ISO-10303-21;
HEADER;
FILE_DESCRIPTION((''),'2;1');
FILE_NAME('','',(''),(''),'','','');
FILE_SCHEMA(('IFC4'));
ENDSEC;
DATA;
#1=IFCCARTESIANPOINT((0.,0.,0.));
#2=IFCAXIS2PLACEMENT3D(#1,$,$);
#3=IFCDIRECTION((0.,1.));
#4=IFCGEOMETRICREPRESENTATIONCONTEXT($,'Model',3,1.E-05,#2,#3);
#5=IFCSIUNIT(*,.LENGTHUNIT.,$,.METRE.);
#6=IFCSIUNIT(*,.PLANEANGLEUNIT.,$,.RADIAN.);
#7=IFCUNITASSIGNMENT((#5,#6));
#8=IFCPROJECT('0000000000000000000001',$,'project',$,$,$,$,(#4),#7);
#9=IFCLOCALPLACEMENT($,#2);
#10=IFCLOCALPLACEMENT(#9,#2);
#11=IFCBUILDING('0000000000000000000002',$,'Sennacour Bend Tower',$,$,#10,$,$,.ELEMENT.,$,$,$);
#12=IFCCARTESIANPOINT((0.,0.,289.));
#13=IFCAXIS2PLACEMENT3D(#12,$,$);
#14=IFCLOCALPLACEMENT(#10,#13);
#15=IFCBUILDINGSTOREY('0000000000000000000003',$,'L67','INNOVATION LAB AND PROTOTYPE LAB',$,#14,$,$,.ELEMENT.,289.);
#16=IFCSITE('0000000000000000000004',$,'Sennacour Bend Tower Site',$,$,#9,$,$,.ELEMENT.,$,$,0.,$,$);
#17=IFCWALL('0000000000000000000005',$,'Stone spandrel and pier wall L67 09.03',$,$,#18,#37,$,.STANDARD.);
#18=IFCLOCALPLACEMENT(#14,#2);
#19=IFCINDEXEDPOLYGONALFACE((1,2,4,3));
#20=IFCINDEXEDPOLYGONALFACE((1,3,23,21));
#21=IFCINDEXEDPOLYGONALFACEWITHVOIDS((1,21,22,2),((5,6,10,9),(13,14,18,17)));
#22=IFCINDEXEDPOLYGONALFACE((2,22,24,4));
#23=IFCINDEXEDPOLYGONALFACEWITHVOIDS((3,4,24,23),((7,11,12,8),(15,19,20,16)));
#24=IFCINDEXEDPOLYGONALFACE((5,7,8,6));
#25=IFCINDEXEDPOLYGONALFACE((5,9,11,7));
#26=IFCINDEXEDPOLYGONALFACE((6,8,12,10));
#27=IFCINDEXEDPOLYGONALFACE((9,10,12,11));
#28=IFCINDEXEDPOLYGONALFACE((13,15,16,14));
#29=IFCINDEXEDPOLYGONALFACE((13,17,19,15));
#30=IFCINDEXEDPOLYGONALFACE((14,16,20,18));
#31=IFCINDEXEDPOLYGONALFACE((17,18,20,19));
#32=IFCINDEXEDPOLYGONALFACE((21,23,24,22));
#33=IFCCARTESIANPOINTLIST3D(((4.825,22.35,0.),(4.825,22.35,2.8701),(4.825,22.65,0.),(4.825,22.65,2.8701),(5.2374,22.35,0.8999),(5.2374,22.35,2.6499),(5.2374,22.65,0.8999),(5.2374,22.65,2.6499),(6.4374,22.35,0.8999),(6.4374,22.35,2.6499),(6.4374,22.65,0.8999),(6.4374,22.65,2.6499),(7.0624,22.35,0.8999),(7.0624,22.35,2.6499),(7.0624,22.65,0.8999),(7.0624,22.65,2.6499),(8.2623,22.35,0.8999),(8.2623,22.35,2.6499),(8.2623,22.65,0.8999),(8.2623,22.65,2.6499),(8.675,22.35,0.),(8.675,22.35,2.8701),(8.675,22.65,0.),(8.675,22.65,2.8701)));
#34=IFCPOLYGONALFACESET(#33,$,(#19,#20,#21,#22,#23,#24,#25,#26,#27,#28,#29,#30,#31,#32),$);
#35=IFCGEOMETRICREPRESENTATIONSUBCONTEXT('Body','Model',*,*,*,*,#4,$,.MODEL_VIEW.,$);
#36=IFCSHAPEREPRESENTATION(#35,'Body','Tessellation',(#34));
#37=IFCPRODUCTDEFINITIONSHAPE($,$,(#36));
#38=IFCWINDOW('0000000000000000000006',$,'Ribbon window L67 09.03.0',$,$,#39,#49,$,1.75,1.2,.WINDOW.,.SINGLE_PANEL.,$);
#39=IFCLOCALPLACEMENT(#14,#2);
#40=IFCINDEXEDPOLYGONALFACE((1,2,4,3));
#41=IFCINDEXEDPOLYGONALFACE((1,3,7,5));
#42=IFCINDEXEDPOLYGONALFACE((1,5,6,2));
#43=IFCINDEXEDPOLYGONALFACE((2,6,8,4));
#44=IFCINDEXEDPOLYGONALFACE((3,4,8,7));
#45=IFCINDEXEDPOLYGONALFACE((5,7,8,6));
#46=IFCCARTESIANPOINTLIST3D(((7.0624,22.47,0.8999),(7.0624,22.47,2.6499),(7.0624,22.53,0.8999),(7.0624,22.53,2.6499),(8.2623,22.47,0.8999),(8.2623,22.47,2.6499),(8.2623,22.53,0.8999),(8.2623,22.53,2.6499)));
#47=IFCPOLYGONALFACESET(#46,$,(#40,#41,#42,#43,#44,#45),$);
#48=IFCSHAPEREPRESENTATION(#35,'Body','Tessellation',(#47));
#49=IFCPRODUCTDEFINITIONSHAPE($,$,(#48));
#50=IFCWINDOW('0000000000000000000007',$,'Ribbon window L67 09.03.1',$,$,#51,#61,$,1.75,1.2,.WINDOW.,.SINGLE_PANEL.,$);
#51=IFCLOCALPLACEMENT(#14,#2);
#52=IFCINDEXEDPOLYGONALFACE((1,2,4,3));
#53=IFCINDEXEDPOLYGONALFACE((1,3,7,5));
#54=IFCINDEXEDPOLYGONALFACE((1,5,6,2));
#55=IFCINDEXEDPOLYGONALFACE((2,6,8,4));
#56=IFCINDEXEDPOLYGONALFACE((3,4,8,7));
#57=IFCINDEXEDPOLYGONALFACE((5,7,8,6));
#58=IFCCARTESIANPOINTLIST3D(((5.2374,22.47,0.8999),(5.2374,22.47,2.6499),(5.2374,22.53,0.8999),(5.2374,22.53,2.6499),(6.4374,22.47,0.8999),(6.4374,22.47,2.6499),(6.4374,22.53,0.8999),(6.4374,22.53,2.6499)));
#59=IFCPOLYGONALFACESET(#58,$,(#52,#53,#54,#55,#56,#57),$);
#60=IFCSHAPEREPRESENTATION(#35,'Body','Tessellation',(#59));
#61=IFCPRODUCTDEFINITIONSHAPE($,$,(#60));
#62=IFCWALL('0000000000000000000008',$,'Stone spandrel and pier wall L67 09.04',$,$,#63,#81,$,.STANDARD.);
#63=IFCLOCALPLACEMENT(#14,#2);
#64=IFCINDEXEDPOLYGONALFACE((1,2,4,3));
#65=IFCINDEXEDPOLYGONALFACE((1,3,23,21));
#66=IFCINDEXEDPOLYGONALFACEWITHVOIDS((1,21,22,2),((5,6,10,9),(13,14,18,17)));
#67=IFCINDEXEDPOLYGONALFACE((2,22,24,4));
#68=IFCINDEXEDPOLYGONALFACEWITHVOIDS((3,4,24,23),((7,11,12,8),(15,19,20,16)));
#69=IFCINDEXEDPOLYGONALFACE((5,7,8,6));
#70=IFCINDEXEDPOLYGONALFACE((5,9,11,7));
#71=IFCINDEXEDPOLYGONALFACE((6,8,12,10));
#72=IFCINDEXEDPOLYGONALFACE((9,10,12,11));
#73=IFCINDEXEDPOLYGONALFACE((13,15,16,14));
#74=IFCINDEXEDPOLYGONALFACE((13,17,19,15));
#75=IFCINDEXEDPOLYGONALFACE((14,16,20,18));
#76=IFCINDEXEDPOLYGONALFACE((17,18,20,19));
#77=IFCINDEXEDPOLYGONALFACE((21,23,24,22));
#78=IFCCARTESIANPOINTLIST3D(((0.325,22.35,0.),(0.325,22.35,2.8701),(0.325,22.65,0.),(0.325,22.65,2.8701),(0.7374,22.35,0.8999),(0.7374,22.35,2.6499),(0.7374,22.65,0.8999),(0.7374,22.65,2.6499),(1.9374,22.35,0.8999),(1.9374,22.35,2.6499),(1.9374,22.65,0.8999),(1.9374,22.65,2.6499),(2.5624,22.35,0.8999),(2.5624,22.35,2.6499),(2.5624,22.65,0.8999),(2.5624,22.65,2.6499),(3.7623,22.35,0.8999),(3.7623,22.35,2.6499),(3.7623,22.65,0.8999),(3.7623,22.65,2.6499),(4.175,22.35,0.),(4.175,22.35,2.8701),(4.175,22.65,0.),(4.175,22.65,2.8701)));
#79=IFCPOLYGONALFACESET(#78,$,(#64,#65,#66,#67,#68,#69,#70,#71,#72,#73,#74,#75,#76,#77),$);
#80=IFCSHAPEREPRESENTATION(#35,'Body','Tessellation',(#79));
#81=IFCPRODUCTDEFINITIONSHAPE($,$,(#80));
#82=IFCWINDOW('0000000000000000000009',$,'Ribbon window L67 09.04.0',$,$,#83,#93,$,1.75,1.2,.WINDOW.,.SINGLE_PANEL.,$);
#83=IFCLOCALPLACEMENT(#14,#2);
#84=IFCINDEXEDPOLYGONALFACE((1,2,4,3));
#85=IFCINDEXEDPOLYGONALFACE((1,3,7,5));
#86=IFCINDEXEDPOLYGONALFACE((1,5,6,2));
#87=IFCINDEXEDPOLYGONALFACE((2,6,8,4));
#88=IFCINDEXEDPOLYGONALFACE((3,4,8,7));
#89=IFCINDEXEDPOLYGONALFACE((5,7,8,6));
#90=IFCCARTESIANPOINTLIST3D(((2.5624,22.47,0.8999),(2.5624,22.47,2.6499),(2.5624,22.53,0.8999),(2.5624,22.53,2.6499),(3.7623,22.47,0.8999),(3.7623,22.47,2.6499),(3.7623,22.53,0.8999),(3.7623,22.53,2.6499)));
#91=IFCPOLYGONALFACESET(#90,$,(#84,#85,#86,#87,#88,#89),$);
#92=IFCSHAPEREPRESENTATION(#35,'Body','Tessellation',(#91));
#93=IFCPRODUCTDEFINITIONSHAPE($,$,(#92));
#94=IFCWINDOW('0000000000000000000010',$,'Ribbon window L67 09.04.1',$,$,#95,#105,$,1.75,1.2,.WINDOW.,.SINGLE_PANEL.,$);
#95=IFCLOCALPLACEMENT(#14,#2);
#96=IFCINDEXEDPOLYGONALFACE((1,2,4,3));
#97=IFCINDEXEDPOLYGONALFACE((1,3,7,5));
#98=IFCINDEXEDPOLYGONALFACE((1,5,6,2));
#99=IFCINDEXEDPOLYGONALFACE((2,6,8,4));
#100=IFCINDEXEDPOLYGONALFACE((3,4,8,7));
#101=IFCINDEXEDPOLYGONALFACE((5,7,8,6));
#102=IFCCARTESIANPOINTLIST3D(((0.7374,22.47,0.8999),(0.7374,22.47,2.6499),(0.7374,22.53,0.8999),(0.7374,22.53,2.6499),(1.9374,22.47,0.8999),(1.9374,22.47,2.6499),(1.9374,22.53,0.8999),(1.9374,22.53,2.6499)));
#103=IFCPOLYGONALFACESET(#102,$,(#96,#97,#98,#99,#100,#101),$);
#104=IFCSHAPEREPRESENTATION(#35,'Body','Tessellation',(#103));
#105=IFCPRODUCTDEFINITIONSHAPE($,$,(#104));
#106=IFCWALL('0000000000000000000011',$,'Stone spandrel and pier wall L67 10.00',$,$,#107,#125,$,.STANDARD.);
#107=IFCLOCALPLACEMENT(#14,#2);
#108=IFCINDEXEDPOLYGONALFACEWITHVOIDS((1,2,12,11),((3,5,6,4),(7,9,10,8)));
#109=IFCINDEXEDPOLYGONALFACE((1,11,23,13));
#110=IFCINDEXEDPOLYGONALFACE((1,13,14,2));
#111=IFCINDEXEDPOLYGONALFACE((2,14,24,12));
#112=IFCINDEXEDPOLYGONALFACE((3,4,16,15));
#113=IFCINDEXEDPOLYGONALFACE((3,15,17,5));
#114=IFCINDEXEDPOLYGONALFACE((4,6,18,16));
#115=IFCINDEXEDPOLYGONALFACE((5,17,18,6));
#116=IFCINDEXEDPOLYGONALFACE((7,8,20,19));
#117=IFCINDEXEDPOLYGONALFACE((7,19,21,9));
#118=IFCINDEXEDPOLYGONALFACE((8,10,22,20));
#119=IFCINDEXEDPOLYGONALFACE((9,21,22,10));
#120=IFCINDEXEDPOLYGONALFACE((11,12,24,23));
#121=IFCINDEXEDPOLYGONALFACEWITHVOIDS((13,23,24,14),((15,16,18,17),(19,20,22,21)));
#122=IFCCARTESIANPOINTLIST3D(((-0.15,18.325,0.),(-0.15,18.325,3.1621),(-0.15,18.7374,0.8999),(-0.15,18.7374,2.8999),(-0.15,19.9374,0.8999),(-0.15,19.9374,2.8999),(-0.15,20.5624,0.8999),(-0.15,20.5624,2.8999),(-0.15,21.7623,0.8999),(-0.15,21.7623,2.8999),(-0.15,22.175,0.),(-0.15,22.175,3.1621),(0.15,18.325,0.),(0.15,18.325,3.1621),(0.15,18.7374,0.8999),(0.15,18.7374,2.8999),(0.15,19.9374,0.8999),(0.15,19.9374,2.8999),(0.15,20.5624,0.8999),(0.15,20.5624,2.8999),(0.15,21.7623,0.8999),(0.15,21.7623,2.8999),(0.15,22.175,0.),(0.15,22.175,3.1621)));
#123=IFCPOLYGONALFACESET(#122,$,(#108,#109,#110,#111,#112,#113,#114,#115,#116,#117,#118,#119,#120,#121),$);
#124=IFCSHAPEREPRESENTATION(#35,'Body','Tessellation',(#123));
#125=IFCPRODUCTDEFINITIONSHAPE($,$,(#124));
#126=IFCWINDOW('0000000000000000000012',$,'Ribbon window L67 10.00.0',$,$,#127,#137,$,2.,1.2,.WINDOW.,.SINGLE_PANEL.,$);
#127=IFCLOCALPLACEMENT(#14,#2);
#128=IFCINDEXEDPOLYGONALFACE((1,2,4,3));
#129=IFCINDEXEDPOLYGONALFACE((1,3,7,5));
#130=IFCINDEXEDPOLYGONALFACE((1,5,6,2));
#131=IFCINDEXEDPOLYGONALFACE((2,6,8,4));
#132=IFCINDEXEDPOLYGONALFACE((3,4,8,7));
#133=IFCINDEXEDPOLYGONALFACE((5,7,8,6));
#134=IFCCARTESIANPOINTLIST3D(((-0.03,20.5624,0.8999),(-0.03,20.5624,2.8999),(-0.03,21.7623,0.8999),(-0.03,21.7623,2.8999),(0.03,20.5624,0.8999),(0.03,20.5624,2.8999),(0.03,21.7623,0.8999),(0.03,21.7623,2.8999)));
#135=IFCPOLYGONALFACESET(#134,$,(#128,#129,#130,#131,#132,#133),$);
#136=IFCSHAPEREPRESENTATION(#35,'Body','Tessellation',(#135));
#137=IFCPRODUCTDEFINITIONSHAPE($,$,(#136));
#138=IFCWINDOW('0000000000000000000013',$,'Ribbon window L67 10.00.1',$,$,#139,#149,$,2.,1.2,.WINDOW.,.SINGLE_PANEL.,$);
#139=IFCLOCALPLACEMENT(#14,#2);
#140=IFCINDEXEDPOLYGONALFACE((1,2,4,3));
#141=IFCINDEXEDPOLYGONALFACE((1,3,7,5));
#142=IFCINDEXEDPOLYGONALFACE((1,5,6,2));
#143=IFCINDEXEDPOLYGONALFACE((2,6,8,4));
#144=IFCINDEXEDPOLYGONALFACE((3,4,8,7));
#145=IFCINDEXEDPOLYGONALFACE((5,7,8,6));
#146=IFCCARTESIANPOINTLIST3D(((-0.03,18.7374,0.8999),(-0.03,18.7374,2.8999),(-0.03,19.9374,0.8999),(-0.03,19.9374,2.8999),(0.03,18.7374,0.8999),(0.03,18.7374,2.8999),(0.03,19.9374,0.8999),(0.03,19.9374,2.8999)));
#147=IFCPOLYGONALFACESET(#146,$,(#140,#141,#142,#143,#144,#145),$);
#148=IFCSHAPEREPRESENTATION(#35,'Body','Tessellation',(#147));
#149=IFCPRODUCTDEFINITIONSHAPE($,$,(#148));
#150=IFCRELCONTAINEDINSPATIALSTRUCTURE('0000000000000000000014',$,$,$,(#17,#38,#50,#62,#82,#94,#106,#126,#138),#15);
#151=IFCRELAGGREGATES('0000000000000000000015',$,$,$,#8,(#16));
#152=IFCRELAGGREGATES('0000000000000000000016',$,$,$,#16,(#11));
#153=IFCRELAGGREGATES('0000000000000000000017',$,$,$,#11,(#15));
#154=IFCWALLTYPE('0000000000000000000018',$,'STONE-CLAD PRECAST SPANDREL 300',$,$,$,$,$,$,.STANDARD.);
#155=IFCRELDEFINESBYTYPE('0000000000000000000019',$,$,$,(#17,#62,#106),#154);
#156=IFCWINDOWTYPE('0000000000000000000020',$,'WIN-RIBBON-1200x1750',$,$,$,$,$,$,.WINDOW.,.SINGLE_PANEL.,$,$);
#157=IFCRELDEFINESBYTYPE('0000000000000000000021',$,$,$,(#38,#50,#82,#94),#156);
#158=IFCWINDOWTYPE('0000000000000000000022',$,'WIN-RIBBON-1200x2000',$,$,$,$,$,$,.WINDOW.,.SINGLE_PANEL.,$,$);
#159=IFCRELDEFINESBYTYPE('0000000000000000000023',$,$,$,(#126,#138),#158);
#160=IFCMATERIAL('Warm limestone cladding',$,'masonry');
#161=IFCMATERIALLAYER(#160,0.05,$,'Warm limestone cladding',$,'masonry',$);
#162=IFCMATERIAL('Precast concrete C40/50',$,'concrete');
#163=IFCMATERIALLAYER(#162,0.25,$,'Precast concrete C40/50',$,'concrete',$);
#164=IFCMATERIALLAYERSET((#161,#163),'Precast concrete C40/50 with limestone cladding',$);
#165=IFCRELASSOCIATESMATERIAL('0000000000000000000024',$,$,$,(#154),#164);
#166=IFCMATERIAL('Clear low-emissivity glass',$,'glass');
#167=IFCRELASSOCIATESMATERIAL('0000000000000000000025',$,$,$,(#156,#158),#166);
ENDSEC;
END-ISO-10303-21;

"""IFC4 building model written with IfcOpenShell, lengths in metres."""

from ifc_helpers import new_model, si_unit, direction, frame, frame_2d, origin, place, context, subcontext, project, spatial, rectangle, extrude, material, layer, layer_set, type_object, element, fill, save


model = new_model("IFC4")

# Units and contexts
model_context = context("Model", 3, precision=1e-05, world=origin(), true_north=direction((0.0, 1.0)))
body_context = subcontext(model_context, "Body", "Model", "MODEL_VIEW")
ifc_project = project(units=[si_unit("LENGTHUNIT", "METRE"), si_unit("PLANEANGLEUNIT", "RADIAN")], contexts=[model_context])

# Site, building, storey
site_placement = place(None, origin())
site = spatial("IfcSite", under=ifc_project, at=site_placement, Name="Sennacour Bend Tower Site", CompositionType="ELEMENT", RefElevation=0.0)
building_placement = place(site_placement, origin())
building = spatial("IfcBuilding", under=site, at=building_placement, Name="Sennacour Bend Tower", CompositionType="ELEMENT")
storey_placement = place(building_placement, frame((0.0, 0.0, 289.0)))
storey = spatial("IfcBuildingStorey", under=building, at=storey_placement, Name="L67", Description="INNOVATION LAB AND PROTOTYPE LAB", CompositionType="ELEMENT", Elevation=289.0)

# Walls, openings, windows
ifc_material_1 = material(Name="Warm limestone cladding", Category="masonry")
ifc_layer_1 = layer(ifc_material_1, 0.05, Name="Warm limestone cladding", Category="masonry")
ifc_material_2 = material(Name="Precast concrete C40/50", Category="concrete")
ifc_layer_2 = layer(ifc_material_2, 0.25, Name="Precast concrete C40/50", Category="concrete")
ifc_layer_set_1 = layer_set([ifc_layer_1, ifc_layer_2], Name="Precast concrete C40/50 with limestone cladding")
wall_type_1 = type_object("IfcWallType", Name="STONE-CLAD PRECAST SPANDREL 300", PredefinedType="STANDARD", material=ifc_layer_set_1)
wall_1_placement = place(storey_placement, frame((8.675, 22.5, 0.0), z_axis=(0.0, 0.0, 1.0), x_axis=(-1.0, 0.0, 0.0)))
wall_1 = element("IfcWall", 1, at=wall_1_placement, inside=storey, type_object=wall_type_1, Name="Stone spandrel and pier wall L67 09.03", PredefinedType="STANDARD", context=body_context, shape_type="SweptSolid", body=[
    extrude(rectangle(XDim=3.8501, YDim=0.3, at=frame_2d((1.925, 0.0))), origin(), (0.0, 0.0, 1.0), 2.8701),
])
opening_1_placement = place(wall_1_placement, frame((0.4126, 0.0, 0.8999)))
opening_1 = element("IfcOpeningElement", 2, at=opening_1_placement, cuts=wall_1, PredefinedType="OPENING", context=body_context, shape_type="SweptSolid", body=[
    extrude(rectangle(XDim=1.2, YDim=1.75, at=frame_2d((0.6001, 0.875))), frame((0.0, 0.1602, 0.0), z_axis=(0.0, -1.0, 0.0), x_axis=(1.0, 0.0, 0.0)), (0.0, 0.0, 1.0), 0.3201),
])
opening_2_placement = place(wall_1_placement, frame((2.2375, 0.0, 0.8999)))
opening_2 = element("IfcOpeningElement", 3, at=opening_2_placement, cuts=wall_1, PredefinedType="OPENING", context=body_context, shape_type="SweptSolid", body=[
    extrude(rectangle(XDim=1.2, YDim=1.75, at=frame_2d((0.6001, 0.875))), frame((0.0, 0.1602, 0.0), z_axis=(0.0, -1.0, 0.0), x_axis=(1.0, 0.0, 0.0)), (0.0, 0.0, 1.0), 0.3201),
])
ifc_material_3 = material(Name="Clear low-emissivity glass", Category="glass")
window_type_1 = type_object("IfcWindowType", Name="WIN-RIBBON-1200x1750", PartitioningType="SINGLE_PANEL", PredefinedType="WINDOW", material=ifc_material_3)
window_1_placement = place(opening_1_placement, origin())
window_1 = element("IfcWindow", 4, at=window_1_placement, inside=storey, type_object=window_type_1, Name="Ribbon window L67 09.03.0", OverallHeight=1.75, OverallWidth=1.2, PartitioningType="SINGLE_PANEL", PredefinedType="WINDOW", context=body_context, shape_type="SweptSolid", body=[
    extrude(rectangle(XDim=1.2, YDim=1.75, at=frame_2d((0.6001, 0.875))), frame((0.0, 0.03, 0.0), z_axis=(0.0, -1.0, 0.0), x_axis=(1.0, 0.0, 0.0)), (0.0, 0.0, 1.0), 0.0601),
])
fill(opening_1, window_1)
window_2_placement = place(opening_2_placement, origin())
window_2 = element("IfcWindow", 5, at=window_2_placement, inside=storey, type_object=window_type_1, Name="Ribbon window L67 09.03.1", OverallHeight=1.75, OverallWidth=1.2, PartitioningType="SINGLE_PANEL", PredefinedType="WINDOW", context=body_context, shape_type="SweptSolid", body=[
    extrude(rectangle(XDim=1.2, YDim=1.75, at=frame_2d((0.6001, 0.875))), frame((0.0, 0.03, 0.0), z_axis=(0.0, -1.0, 0.0), x_axis=(1.0, 0.0, 0.0)), (0.0, 0.0, 1.0), 0.0601),
])
fill(opening_2, window_2)
wall_2_placement = place(storey_placement, frame((4.175, 22.5, 0.0), z_axis=(0.0, 0.0, 1.0), x_axis=(-1.0, 0.0, 0.0)))
wall_2 = element("IfcWall", 6, at=wall_2_placement, inside=storey, type_object=wall_type_1, Name="Stone spandrel and pier wall L67 09.04", PredefinedType="STANDARD", context=body_context, shape_type="SweptSolid", body=[
    extrude(rectangle(XDim=3.8501, YDim=0.3, at=frame_2d((1.925, 0.0))), origin(), (0.0, 0.0, 1.0), 2.8701),
])
opening_3_placement = place(wall_2_placement, frame((0.4126, 0.0, 0.8999)))
opening_3 = element("IfcOpeningElement", 7, at=opening_3_placement, cuts=wall_2, PredefinedType="OPENING", context=body_context, shape_type="SweptSolid", body=[
    extrude(rectangle(XDim=1.2, YDim=1.75, at=frame_2d((0.6001, 0.875))), frame((0.0, 0.1602, 0.0), z_axis=(0.0, -1.0, 0.0), x_axis=(1.0, 0.0, 0.0)), (0.0, 0.0, 1.0), 0.3201),
])
opening_4_placement = place(wall_2_placement, frame((2.2375, 0.0, 0.8999)))
opening_4 = element("IfcOpeningElement", 8, at=opening_4_placement, cuts=wall_2, PredefinedType="OPENING", context=body_context, shape_type="SweptSolid", body=[
    extrude(rectangle(XDim=1.2, YDim=1.75, at=frame_2d((0.6001, 0.875))), frame((0.0, 0.1602, 0.0), z_axis=(0.0, -1.0, 0.0), x_axis=(1.0, 0.0, 0.0)), (0.0, 0.0, 1.0), 0.3201),
])
window_3_placement = place(opening_3_placement, origin())
window_3 = element("IfcWindow", 9, at=window_3_placement, inside=storey, type_object=window_type_1, Name="Ribbon window L67 09.04.0", OverallHeight=1.75, OverallWidth=1.2, PartitioningType="SINGLE_PANEL", PredefinedType="WINDOW", context=body_context, shape_type="SweptSolid", body=[
    extrude(rectangle(XDim=1.2, YDim=1.75, at=frame_2d((0.6001, 0.875))), frame((0.0, 0.03, 0.0), z_axis=(0.0, -1.0, 0.0), x_axis=(1.0, 0.0, 0.0)), (0.0, 0.0, 1.0), 0.0601),
])
fill(opening_3, window_3)
window_4_placement = place(opening_4_placement, origin())
window_4 = element("IfcWindow", 10, at=window_4_placement, inside=storey, type_object=window_type_1, Name="Ribbon window L67 09.04.1", OverallHeight=1.75, OverallWidth=1.2, PartitioningType="SINGLE_PANEL", PredefinedType="WINDOW", context=body_context, shape_type="SweptSolid", body=[
    extrude(rectangle(XDim=1.2, YDim=1.75, at=frame_2d((0.6001, 0.875))), frame((0.0, 0.03, 0.0), z_axis=(0.0, -1.0, 0.0), x_axis=(1.0, 0.0, 0.0)), (0.0, 0.0, 1.0), 0.0601),
])
fill(opening_4, window_4)
wall_3_placement = place(storey_placement, frame((0.0, 22.175, 0.0), z_axis=(0.0, 0.0, 1.0), x_axis=(0.0, -1.0, 0.0)))
wall_3 = element("IfcWall", 11, at=wall_3_placement, inside=storey, type_object=wall_type_1, Name="Stone spandrel and pier wall L67 10.00", PredefinedType="STANDARD", context=body_context, shape_type="SweptSolid", body=[
    extrude(rectangle(XDim=3.8501, YDim=0.3, at=frame_2d((1.925, 0.0))), origin(), (0.0, 0.0, 1.0), 3.1621),
])
opening_5_placement = place(wall_3_placement, frame((0.4126, 0.0, 0.8999)))
opening_5 = element("IfcOpeningElement", 12, at=opening_5_placement, cuts=wall_3, PredefinedType="OPENING", context=body_context, shape_type="SweptSolid", body=[
    extrude(rectangle(XDim=1.2, YDim=2.0, at=frame_2d((0.6001, 1.0))), frame((0.0, 0.1602, 0.0), z_axis=(0.0, -1.0, 0.0), x_axis=(1.0, 0.0, 0.0)), (0.0, 0.0, 1.0), 0.3201),
])
opening_6_placement = place(wall_3_placement, frame((2.2375, 0.0, 0.8999)))
opening_6 = element("IfcOpeningElement", 13, at=opening_6_placement, cuts=wall_3, PredefinedType="OPENING", context=body_context, shape_type="SweptSolid", body=[
    extrude(rectangle(XDim=1.2, YDim=2.0, at=frame_2d((0.6001, 1.0))), frame((0.0, 0.1602, 0.0), z_axis=(0.0, -1.0, 0.0), x_axis=(1.0, 0.0, 0.0)), (0.0, 0.0, 1.0), 0.3201),
])
window_type_2 = type_object("IfcWindowType", Name="WIN-RIBBON-1200x2000", PartitioningType="SINGLE_PANEL", PredefinedType="WINDOW", material=ifc_material_3)
window_5_placement = place(opening_5_placement, origin())
window_5 = element("IfcWindow", 14, at=window_5_placement, inside=storey, type_object=window_type_2, Name="Ribbon window L67 10.00.0", OverallHeight=2.0, OverallWidth=1.2, PartitioningType="SINGLE_PANEL", PredefinedType="WINDOW", context=body_context, shape_type="SweptSolid", body=[
    extrude(rectangle(XDim=1.2, YDim=2.0, at=frame_2d((0.6001, 1.0))), frame((0.0, 0.03, 0.0), z_axis=(0.0, -1.0, 0.0), x_axis=(1.0, 0.0, 0.0)), (0.0, 0.0, 1.0), 0.0601),
])
fill(opening_5, window_5)
window_6_placement = place(opening_6_placement, origin())
window_6 = element("IfcWindow", 15, at=window_6_placement, inside=storey, type_object=window_type_2, Name="Ribbon window L67 10.00.1", OverallHeight=2.0, OverallWidth=1.2, PartitioningType="SINGLE_PANEL", PredefinedType="WINDOW", context=body_context, shape_type="SweptSolid", body=[
    extrude(rectangle(XDim=1.2, YDim=2.0, at=frame_2d((0.6001, 1.0))), frame((0.0, 0.03, 0.0), z_axis=(0.0, -1.0, 0.0), x_axis=(1.0, 0.0, 0.0)), (0.0, 0.0, 1.0), 0.0601),
])
fill(opening_6, window_6)

save(model, "model.ifc")
